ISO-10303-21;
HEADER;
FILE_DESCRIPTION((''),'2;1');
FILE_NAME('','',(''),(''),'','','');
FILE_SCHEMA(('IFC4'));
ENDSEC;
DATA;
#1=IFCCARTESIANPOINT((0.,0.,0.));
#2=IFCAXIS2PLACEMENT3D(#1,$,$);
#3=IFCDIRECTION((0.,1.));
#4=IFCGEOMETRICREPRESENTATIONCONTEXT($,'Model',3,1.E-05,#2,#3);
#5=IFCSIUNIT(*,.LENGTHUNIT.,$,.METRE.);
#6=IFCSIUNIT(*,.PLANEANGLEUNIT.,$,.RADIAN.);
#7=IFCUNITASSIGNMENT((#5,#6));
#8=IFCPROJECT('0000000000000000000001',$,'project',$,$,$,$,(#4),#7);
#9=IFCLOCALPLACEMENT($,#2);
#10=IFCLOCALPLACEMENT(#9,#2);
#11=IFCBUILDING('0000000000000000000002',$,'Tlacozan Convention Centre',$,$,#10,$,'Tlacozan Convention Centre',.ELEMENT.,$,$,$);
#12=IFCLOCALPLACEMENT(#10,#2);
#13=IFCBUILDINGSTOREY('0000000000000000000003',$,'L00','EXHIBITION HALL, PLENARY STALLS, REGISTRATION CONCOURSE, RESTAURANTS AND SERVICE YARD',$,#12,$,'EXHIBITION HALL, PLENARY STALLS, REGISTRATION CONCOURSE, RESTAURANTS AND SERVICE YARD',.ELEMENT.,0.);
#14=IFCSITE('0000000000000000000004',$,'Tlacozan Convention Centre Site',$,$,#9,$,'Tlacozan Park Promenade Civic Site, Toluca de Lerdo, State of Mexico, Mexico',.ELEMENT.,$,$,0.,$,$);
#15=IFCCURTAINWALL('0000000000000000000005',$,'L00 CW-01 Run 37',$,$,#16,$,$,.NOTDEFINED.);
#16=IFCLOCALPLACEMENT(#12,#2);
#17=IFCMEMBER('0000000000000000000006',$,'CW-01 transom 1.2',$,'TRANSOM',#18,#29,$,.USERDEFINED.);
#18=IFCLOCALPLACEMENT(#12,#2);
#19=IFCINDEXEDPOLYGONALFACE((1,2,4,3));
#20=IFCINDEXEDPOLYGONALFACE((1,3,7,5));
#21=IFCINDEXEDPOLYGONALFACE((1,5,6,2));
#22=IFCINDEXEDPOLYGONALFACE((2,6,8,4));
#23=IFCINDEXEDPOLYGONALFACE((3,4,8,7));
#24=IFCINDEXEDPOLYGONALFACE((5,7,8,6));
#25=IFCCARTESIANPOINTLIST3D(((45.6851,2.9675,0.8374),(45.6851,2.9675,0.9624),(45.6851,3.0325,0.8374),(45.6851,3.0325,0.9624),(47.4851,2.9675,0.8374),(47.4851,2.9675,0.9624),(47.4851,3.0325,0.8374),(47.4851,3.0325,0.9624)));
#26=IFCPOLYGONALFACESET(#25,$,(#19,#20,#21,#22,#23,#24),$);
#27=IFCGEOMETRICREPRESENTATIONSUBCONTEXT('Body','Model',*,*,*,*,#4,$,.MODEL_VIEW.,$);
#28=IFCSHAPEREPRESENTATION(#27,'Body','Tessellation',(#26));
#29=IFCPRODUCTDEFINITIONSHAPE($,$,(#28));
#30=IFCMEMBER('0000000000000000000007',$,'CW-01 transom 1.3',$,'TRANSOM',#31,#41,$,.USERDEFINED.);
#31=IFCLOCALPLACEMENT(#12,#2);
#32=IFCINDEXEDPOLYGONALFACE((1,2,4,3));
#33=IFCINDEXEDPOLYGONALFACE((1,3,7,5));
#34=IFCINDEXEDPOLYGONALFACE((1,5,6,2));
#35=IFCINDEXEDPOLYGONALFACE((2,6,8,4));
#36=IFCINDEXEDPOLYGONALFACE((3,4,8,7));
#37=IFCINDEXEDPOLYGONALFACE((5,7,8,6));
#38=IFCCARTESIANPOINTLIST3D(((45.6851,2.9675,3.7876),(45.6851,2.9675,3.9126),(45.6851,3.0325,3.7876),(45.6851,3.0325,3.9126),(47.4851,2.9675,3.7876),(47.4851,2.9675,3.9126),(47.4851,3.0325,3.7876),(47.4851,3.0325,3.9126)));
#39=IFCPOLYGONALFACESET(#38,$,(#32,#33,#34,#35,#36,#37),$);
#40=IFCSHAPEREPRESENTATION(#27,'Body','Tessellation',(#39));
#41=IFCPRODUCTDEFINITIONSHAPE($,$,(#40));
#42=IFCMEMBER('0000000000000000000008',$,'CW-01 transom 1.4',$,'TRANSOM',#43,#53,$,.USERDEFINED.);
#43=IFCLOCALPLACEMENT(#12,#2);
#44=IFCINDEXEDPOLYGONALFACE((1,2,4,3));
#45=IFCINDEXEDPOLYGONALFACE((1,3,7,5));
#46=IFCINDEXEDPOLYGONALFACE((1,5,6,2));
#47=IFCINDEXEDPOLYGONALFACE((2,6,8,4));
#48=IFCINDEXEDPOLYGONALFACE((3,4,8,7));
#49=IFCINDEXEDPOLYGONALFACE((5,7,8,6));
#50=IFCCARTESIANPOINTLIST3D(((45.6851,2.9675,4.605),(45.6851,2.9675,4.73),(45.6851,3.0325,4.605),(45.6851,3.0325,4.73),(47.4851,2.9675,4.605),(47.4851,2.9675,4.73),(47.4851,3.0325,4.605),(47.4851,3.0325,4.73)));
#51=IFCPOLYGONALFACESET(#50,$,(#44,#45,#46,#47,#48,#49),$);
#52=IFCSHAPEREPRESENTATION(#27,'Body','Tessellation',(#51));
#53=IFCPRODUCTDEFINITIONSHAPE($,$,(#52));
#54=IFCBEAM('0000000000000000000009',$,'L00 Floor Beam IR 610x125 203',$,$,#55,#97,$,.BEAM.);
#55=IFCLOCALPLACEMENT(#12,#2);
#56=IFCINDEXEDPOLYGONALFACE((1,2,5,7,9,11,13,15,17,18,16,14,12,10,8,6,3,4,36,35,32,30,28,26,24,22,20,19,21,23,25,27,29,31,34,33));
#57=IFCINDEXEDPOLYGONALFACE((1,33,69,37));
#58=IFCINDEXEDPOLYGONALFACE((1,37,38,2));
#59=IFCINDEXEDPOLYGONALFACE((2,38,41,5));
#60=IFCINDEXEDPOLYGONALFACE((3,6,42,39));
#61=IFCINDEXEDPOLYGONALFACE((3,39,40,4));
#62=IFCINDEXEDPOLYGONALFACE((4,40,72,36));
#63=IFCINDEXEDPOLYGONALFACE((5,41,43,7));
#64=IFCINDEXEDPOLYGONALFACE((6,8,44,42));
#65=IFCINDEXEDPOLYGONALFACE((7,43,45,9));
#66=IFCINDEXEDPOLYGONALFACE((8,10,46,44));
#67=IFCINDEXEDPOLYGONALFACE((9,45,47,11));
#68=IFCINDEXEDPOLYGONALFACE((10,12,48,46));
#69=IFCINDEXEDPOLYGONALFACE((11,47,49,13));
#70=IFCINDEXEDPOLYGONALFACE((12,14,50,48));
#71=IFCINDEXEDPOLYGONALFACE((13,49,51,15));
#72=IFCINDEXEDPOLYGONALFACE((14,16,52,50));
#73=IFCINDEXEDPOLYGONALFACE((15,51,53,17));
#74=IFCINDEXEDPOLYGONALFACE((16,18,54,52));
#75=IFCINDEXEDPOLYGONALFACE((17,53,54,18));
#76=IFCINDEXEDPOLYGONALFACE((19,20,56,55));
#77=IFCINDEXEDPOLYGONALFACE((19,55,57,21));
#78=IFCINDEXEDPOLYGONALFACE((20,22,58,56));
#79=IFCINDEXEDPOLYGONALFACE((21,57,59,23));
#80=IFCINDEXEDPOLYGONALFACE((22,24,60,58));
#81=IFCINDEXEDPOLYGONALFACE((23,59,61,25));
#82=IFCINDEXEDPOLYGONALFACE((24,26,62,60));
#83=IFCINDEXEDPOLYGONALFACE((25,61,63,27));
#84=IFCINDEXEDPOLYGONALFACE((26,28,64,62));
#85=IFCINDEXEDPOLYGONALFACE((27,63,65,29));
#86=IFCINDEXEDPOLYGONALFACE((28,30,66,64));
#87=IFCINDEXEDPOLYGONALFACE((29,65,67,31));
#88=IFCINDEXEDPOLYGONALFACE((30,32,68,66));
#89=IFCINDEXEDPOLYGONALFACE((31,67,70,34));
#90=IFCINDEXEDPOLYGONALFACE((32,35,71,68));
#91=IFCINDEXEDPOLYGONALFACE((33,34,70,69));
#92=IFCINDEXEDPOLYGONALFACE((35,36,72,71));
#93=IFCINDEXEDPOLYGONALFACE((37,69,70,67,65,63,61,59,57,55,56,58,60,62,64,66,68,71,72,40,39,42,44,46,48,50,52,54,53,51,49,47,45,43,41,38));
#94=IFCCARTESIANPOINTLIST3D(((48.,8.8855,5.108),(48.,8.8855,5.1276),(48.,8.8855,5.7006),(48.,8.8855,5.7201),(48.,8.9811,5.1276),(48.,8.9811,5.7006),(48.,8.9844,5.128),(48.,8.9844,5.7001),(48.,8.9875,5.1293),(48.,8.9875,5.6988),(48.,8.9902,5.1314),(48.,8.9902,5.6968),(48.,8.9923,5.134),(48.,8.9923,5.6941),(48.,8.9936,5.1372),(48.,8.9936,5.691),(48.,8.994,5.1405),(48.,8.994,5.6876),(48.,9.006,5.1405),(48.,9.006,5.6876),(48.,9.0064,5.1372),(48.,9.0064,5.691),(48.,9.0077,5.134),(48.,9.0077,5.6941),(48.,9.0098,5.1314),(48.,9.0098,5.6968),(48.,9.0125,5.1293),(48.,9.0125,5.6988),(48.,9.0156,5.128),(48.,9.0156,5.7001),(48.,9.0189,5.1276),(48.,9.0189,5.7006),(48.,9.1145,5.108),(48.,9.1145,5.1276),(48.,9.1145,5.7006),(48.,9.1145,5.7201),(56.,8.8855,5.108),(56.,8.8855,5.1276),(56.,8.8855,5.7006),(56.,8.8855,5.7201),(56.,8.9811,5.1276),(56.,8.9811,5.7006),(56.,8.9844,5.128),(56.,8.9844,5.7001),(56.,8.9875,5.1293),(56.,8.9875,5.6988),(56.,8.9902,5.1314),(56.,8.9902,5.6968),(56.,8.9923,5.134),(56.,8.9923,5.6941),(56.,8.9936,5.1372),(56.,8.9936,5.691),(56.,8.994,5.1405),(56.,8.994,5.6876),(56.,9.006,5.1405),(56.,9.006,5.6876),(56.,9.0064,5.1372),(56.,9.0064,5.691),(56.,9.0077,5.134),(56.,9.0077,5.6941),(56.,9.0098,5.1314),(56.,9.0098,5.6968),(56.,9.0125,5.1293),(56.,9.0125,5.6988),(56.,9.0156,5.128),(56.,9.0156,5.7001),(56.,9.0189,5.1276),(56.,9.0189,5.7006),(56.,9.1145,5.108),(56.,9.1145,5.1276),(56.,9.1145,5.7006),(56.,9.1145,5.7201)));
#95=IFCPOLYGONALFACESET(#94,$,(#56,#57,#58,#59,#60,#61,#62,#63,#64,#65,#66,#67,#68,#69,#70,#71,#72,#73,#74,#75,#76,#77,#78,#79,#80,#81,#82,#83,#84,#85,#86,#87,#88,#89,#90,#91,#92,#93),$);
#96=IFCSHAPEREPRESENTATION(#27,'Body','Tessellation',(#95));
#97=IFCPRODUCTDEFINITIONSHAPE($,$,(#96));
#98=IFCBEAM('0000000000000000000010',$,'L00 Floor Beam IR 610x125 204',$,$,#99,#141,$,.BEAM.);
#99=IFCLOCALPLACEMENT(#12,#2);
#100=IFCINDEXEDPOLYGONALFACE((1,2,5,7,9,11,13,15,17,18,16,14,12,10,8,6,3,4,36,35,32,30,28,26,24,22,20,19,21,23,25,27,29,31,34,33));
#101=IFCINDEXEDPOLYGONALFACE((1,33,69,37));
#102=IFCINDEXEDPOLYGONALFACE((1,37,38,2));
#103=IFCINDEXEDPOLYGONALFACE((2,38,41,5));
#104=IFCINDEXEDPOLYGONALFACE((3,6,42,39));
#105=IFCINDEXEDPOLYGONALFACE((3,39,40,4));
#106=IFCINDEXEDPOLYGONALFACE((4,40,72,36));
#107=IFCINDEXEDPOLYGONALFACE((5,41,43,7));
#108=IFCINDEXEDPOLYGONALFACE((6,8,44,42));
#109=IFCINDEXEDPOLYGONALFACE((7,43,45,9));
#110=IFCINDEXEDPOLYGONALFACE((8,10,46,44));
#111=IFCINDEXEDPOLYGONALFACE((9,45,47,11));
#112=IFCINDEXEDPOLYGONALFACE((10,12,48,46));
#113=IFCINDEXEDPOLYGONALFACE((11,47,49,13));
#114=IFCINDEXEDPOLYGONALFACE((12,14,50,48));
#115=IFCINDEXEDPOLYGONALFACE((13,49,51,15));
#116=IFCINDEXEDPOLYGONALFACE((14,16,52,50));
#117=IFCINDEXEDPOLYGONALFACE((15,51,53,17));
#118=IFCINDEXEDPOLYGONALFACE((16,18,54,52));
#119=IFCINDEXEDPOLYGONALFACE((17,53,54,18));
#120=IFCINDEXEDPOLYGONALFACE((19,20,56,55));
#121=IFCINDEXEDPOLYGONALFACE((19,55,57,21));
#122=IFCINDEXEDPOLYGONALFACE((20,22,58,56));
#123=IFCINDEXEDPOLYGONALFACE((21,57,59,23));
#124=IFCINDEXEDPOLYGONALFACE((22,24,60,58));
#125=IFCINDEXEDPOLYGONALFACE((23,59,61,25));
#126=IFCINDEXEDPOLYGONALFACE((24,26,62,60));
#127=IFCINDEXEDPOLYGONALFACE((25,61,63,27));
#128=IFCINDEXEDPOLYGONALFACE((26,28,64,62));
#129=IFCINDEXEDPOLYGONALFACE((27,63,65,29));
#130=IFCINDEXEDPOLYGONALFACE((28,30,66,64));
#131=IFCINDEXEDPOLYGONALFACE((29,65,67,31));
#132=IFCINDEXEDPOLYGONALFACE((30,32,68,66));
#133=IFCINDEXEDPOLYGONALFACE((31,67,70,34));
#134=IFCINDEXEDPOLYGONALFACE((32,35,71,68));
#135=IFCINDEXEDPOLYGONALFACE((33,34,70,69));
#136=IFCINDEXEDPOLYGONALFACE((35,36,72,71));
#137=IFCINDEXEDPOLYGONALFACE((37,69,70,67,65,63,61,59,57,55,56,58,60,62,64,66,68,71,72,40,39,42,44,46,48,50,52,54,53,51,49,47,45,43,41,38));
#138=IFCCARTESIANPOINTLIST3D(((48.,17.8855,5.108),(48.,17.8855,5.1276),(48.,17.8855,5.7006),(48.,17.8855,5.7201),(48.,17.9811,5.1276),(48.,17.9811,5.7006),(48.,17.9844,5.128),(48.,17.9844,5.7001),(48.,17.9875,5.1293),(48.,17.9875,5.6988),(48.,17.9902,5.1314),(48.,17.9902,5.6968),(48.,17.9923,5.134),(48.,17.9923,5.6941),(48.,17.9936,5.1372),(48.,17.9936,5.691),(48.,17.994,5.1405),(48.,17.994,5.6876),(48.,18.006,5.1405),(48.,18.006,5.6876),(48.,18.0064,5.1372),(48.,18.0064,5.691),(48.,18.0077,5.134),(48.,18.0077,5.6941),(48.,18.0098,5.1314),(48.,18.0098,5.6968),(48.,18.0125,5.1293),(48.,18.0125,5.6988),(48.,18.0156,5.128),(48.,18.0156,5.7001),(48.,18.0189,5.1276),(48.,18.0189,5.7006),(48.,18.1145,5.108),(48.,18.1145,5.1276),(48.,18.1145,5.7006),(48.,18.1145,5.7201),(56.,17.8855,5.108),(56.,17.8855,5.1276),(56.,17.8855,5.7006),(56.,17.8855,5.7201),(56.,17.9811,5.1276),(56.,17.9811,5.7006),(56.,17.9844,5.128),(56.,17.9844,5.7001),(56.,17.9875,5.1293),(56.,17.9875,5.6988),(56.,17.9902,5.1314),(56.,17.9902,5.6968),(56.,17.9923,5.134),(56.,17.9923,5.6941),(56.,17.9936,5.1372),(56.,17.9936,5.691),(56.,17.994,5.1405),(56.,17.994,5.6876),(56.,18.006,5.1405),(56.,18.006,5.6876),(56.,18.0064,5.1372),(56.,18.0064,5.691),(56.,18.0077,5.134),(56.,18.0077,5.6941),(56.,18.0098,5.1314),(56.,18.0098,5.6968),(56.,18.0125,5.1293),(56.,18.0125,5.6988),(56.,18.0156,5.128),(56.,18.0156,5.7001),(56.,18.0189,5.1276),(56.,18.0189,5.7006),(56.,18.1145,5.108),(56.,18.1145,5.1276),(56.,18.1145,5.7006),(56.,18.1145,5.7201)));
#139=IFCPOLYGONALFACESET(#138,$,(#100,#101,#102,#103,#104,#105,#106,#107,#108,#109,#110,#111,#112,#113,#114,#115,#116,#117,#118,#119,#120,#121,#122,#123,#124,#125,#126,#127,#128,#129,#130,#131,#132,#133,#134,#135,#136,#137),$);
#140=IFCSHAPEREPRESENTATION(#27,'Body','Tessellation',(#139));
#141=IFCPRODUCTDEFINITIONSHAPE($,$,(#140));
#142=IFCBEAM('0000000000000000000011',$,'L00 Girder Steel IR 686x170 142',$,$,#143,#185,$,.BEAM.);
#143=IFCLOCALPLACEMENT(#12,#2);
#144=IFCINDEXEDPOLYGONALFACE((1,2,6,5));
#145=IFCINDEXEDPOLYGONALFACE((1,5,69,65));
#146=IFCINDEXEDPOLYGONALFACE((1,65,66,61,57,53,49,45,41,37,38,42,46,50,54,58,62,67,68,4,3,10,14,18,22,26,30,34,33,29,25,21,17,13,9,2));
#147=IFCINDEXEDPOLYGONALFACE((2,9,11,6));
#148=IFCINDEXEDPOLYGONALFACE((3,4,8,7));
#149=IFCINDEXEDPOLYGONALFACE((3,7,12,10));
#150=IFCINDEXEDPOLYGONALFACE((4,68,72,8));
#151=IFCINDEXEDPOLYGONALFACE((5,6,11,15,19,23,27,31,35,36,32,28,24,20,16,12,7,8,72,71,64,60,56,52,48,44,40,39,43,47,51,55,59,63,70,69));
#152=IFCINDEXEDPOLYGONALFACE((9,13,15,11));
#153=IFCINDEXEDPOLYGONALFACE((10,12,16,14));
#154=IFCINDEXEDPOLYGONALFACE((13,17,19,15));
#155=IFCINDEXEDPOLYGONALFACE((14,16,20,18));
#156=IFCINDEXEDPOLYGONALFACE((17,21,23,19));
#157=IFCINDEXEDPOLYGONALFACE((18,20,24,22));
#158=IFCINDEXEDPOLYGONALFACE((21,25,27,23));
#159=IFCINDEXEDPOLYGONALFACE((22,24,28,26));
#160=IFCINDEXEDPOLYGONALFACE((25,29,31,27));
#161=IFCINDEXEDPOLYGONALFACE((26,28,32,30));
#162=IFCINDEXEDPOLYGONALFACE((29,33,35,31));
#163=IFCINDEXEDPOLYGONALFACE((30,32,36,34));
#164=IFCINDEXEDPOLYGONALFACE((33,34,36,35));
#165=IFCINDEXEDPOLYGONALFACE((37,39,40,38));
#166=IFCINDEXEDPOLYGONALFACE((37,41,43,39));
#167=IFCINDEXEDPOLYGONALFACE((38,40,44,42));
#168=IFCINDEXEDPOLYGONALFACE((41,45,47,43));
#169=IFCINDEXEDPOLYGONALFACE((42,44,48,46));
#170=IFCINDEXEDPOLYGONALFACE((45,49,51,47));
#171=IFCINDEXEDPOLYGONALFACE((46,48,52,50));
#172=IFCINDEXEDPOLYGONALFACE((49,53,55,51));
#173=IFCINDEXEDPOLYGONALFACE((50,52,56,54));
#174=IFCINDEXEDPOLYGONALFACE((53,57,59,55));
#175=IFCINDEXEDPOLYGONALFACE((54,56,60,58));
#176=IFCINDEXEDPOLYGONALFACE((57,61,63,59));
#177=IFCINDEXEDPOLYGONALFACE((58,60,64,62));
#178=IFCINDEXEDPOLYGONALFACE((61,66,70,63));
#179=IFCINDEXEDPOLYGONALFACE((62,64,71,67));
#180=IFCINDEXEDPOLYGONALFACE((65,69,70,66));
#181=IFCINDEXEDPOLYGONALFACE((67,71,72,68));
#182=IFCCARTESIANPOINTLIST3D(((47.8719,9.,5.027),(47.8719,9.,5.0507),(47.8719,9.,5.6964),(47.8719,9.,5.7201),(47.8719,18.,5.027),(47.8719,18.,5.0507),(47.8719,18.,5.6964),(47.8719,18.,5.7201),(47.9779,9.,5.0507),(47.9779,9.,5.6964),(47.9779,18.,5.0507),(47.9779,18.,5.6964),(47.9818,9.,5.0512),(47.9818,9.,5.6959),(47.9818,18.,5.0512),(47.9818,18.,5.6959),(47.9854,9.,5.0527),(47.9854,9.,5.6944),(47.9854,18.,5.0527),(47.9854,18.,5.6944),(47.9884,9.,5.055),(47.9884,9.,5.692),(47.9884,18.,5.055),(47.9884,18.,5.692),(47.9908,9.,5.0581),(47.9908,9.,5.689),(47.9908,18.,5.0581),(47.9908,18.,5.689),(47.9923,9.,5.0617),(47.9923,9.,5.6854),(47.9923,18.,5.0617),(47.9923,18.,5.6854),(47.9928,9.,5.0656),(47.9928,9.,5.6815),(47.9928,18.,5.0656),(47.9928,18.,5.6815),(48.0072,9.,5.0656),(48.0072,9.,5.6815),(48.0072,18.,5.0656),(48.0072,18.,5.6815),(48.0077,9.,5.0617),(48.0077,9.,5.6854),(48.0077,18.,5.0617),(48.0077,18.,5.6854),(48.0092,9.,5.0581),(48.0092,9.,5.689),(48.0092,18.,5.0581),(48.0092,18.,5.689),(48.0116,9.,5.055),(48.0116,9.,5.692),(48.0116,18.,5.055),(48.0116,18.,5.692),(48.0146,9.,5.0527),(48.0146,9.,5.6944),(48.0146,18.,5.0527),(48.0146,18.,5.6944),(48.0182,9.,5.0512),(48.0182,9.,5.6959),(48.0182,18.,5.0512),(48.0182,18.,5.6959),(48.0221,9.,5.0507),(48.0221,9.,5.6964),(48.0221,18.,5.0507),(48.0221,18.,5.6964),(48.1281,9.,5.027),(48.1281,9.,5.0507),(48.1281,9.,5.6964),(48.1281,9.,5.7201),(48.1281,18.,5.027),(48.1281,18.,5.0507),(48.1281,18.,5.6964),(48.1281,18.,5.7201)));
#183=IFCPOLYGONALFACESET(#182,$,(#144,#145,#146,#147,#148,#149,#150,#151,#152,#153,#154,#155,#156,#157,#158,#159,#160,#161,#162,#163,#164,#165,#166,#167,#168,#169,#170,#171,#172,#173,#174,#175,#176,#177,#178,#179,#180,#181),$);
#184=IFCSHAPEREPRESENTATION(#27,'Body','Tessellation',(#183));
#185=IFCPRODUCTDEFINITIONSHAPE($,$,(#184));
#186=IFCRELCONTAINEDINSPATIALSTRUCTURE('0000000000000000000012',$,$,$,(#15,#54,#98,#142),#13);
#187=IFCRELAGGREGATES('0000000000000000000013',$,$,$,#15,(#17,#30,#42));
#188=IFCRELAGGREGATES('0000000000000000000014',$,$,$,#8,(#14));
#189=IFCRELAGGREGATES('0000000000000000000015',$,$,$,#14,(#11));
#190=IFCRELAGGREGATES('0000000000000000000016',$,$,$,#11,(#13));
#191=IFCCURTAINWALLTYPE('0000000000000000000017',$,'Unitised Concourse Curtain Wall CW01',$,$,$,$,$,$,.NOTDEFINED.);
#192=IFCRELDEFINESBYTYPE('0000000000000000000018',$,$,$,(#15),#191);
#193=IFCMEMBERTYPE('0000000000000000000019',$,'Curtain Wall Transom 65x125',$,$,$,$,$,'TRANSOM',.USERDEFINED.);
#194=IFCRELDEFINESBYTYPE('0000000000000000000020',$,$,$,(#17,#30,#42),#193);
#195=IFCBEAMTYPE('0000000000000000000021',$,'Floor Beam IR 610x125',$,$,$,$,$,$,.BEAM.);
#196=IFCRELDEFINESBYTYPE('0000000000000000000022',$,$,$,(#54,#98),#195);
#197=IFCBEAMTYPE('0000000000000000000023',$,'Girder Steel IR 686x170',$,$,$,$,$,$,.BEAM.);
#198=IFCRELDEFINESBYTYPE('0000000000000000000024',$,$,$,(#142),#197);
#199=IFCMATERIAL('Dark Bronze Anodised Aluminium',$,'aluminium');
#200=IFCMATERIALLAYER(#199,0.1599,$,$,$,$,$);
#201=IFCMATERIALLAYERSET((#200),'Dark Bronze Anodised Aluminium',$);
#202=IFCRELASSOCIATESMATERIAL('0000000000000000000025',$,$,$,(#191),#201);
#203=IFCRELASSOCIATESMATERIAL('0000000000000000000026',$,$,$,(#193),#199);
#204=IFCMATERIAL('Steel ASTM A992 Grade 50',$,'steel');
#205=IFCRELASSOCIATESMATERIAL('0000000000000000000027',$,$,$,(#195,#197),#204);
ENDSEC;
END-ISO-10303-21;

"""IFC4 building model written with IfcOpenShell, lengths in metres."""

from ifc_helpers import new_model, si_unit, direction, frame, origin, origin_2d, place, context, subcontext, project, spatial, rectangle, i_section, extrude, material, layer, layer_set, material_profile, profile_set, type_object, element, aggregate, save


model = new_model("IFC4")

# Units and contexts
model_context = context("Model", 3, precision=1e-05, world=origin(), true_north=direction((0.0, 1.0)))
body_context = subcontext(model_context, "Body", "Model", "MODEL_VIEW")
ifc_project = project(units=[si_unit("LENGTHUNIT", "METRE"), si_unit("PLANEANGLEUNIT", "RADIAN")], contexts=[model_context])

# Site, building, storey
site_placement = place(None, origin())
site = spatial("IfcSite", under=ifc_project, at=site_placement, Name="Tlacozan Convention Centre Site", LongName="Tlacozan Park Promenade Civic Site, Toluca de Lerdo, State of Mexico, Mexico", CompositionType="ELEMENT", RefElevation=0.0)
building_placement = place(site_placement, origin())
building = spatial("IfcBuilding", under=site, at=building_placement, Name="Tlacozan Convention Centre", LongName="Tlacozan Convention Centre", CompositionType="ELEMENT")
storey_placement = place(building_placement, origin())
storey = spatial("IfcBuildingStorey", under=building, at=storey_placement, Name="L00", Description="EXHIBITION HALL, PLENARY STALLS, REGISTRATION CONCOURSE, RESTAURANTS AND SERVICE YARD", LongName="EXHIBITION HALL, PLENARY STALLS, REGISTRATION CONCOURSE, RESTAURANTS AND SERVICE YARD", CompositionType="ELEMENT", Elevation=0.0)

# Shared definitions
ifc_material_1 = material(Name="Dark Bronze Anodised Aluminium", Category="aluminium")
ifc_layer_1 = layer(ifc_material_1, 0.1599)
ifc_layer_set_1 = layer_set([ifc_layer_1], Name="Dark Bronze Anodised Aluminium")
curtain_wall_type = type_object("IfcCurtainWallType", Name="Unitised Concourse Curtain Wall CW01", PredefinedType="NOTDEFINED", material=ifc_layer_set_1)

# Curtain wall
curtain_wall_1_placement = place(storey_placement, origin())
curtain_wall_1 = element("IfcCurtainWall", 1, at=curtain_wall_1_placement, inside=storey, type_object=curtain_wall_type, Name="L00 CW-01 Run 37", PredefinedType="NOTDEFINED")

# Members
ifc_material_profile_1 = material_profile(ifc_material_1, rectangle(XDim=0.0649, YDim=0.125, at=origin_2d()), Name="ALU 65x125")
ifc_profile_set_1 = profile_set([ifc_material_profile_1], Name="Dark Bronze Anodised Aluminium")
member_type_1 = type_object("IfcMemberType", Name="Curtain Wall Transom 65x125", ElementType="TRANSOM", PredefinedType="USERDEFINED", material=ifc_profile_set_1)
member_1_placement = place(storey_placement, frame((45.6851, 3.0, 0.8999), z_axis=(1.0, 0.0, 0.0), x_axis=(0.0, 1.0, 0.0)))
member_1 = element("IfcMember", 2, at=member_1_placement, type_object=member_type_1, Name="CW-01 transom 1.2", ObjectType="TRANSOM", PredefinedType="USERDEFINED", context=body_context, shape_type="SweptSolid", body=[
    extrude(rectangle(XDim=0.0649, YDim=0.125, at=origin_2d()), origin(), (0.0, 0.0, 1.0), 1.8),
])
member_2_placement = place(storey_placement, frame((45.6851, 3.0, 3.8501), z_axis=(1.0, 0.0, 0.0), x_axis=(0.0, 1.0, 0.0)))
member_2 = element("IfcMember", 3, at=member_2_placement, type_object=member_type_1, Name="CW-01 transom 1.3", ObjectType="TRANSOM", PredefinedType="USERDEFINED", context=body_context, shape_type="SweptSolid", body=[
    extrude(rectangle(XDim=0.0649, YDim=0.125, at=origin_2d()), origin(), (0.0, 0.0, 1.0), 1.8),
])
member_3_placement = place(storey_placement, frame((45.6851, 3.0, 4.6675), z_axis=(1.0, 0.0, 0.0), x_axis=(0.0, 1.0, 0.0)))
member_3 = element("IfcMember", 4, at=member_3_placement, type_object=member_type_1, Name="CW-01 transom 1.4", ObjectType="TRANSOM", PredefinedType="USERDEFINED", context=body_context, shape_type="SweptSolid", body=[
    extrude(rectangle(XDim=0.0649, YDim=0.125, at=origin_2d()), origin(), (0.0, 0.0, 1.0), 1.8),
])

# Beams
ifc_material_2 = material(Name="Steel ASTM A992 Grade 50", Category="steel")
ifc_material_profile_2 = material_profile(ifc_material_2, i_section(OverallWidth=0.229, OverallDepth=0.6121, WebThickness=0.012, FlangeThickness=0.0195, FilletRadius=0.0129, at=origin_2d()), Name="IR 610x125.0")
ifc_profile_set_2 = profile_set([ifc_material_profile_2], Name="Steel ASTM A992 Grade 50")
beam_type_1 = type_object("IfcBeamType", Name="Floor Beam IR 610x125", PredefinedType="BEAM", material=ifc_profile_set_2)
for number, where, z_axis, x_axis, name in (
    (5, (48.0, 9.0, 5.4141), (1.0, 0.0, 0.0), (0.0, 1.0, 0.0), "L00 Floor Beam IR 610x125 203"),
    (6, (48.0, 18.0, 5.4141), (1.0, 0.0, 0.0), (0.0, 1.0, 0.0), "L00 Floor Beam IR 610x125 204"),
):
    element("IfcBeam", number, at=place(storey_placement, frame(where, z_axis=z_axis, x_axis=x_axis)), inside=storey, type_object=beam_type_1, Name=name, PredefinedType="BEAM", context=body_context, shape_type="SweptSolid", body=[
        extrude(i_section(OverallWidth=0.229, OverallDepth=0.6121, WebThickness=0.012, FlangeThickness=0.0195, FilletRadius=0.0129, at=origin_2d()), origin(), (0.0, 0.0, 1.0), 8.0),
    ])
ifc_material_profile_3 = material_profile(ifc_material_2, i_section(OverallWidth=0.2561, OverallDepth=0.6931, WebThickness=0.0144, FlangeThickness=0.0237, FilletRadius=0.0149, at=origin_2d()), Name="IR 686x170.0")
ifc_profile_set_3 = profile_set([ifc_material_profile_3], Name="Steel ASTM A992 Grade 50")
beam_type_2 = type_object("IfcBeamType", Name="Girder Steel IR 686x170", PredefinedType="BEAM", material=ifc_profile_set_3)
for number, where, z_axis, x_axis, name in (
    (7, (48.0, 9.0, 5.3735), (0.0, 1.0, 0.0), (-1.0, 0.0, 0.0), "L00 Girder Steel IR 686x170 142"),
):
    element("IfcBeam", number, at=place(storey_placement, frame(where, z_axis=z_axis, x_axis=x_axis)), inside=storey, type_object=beam_type_2, Name=name, PredefinedType="BEAM", context=body_context, shape_type="SweptSolid", body=[
        extrude(i_section(OverallWidth=0.2561, OverallDepth=0.6931, WebThickness=0.0144, FlangeThickness=0.0237, FilletRadius=0.0149, at=origin_2d()), origin(), (0.0, 0.0, 1.0), 9.0),
    ])

aggregate(curtain_wall_1, [member_1, member_2, member_3])

save(model, "model.ifc")
